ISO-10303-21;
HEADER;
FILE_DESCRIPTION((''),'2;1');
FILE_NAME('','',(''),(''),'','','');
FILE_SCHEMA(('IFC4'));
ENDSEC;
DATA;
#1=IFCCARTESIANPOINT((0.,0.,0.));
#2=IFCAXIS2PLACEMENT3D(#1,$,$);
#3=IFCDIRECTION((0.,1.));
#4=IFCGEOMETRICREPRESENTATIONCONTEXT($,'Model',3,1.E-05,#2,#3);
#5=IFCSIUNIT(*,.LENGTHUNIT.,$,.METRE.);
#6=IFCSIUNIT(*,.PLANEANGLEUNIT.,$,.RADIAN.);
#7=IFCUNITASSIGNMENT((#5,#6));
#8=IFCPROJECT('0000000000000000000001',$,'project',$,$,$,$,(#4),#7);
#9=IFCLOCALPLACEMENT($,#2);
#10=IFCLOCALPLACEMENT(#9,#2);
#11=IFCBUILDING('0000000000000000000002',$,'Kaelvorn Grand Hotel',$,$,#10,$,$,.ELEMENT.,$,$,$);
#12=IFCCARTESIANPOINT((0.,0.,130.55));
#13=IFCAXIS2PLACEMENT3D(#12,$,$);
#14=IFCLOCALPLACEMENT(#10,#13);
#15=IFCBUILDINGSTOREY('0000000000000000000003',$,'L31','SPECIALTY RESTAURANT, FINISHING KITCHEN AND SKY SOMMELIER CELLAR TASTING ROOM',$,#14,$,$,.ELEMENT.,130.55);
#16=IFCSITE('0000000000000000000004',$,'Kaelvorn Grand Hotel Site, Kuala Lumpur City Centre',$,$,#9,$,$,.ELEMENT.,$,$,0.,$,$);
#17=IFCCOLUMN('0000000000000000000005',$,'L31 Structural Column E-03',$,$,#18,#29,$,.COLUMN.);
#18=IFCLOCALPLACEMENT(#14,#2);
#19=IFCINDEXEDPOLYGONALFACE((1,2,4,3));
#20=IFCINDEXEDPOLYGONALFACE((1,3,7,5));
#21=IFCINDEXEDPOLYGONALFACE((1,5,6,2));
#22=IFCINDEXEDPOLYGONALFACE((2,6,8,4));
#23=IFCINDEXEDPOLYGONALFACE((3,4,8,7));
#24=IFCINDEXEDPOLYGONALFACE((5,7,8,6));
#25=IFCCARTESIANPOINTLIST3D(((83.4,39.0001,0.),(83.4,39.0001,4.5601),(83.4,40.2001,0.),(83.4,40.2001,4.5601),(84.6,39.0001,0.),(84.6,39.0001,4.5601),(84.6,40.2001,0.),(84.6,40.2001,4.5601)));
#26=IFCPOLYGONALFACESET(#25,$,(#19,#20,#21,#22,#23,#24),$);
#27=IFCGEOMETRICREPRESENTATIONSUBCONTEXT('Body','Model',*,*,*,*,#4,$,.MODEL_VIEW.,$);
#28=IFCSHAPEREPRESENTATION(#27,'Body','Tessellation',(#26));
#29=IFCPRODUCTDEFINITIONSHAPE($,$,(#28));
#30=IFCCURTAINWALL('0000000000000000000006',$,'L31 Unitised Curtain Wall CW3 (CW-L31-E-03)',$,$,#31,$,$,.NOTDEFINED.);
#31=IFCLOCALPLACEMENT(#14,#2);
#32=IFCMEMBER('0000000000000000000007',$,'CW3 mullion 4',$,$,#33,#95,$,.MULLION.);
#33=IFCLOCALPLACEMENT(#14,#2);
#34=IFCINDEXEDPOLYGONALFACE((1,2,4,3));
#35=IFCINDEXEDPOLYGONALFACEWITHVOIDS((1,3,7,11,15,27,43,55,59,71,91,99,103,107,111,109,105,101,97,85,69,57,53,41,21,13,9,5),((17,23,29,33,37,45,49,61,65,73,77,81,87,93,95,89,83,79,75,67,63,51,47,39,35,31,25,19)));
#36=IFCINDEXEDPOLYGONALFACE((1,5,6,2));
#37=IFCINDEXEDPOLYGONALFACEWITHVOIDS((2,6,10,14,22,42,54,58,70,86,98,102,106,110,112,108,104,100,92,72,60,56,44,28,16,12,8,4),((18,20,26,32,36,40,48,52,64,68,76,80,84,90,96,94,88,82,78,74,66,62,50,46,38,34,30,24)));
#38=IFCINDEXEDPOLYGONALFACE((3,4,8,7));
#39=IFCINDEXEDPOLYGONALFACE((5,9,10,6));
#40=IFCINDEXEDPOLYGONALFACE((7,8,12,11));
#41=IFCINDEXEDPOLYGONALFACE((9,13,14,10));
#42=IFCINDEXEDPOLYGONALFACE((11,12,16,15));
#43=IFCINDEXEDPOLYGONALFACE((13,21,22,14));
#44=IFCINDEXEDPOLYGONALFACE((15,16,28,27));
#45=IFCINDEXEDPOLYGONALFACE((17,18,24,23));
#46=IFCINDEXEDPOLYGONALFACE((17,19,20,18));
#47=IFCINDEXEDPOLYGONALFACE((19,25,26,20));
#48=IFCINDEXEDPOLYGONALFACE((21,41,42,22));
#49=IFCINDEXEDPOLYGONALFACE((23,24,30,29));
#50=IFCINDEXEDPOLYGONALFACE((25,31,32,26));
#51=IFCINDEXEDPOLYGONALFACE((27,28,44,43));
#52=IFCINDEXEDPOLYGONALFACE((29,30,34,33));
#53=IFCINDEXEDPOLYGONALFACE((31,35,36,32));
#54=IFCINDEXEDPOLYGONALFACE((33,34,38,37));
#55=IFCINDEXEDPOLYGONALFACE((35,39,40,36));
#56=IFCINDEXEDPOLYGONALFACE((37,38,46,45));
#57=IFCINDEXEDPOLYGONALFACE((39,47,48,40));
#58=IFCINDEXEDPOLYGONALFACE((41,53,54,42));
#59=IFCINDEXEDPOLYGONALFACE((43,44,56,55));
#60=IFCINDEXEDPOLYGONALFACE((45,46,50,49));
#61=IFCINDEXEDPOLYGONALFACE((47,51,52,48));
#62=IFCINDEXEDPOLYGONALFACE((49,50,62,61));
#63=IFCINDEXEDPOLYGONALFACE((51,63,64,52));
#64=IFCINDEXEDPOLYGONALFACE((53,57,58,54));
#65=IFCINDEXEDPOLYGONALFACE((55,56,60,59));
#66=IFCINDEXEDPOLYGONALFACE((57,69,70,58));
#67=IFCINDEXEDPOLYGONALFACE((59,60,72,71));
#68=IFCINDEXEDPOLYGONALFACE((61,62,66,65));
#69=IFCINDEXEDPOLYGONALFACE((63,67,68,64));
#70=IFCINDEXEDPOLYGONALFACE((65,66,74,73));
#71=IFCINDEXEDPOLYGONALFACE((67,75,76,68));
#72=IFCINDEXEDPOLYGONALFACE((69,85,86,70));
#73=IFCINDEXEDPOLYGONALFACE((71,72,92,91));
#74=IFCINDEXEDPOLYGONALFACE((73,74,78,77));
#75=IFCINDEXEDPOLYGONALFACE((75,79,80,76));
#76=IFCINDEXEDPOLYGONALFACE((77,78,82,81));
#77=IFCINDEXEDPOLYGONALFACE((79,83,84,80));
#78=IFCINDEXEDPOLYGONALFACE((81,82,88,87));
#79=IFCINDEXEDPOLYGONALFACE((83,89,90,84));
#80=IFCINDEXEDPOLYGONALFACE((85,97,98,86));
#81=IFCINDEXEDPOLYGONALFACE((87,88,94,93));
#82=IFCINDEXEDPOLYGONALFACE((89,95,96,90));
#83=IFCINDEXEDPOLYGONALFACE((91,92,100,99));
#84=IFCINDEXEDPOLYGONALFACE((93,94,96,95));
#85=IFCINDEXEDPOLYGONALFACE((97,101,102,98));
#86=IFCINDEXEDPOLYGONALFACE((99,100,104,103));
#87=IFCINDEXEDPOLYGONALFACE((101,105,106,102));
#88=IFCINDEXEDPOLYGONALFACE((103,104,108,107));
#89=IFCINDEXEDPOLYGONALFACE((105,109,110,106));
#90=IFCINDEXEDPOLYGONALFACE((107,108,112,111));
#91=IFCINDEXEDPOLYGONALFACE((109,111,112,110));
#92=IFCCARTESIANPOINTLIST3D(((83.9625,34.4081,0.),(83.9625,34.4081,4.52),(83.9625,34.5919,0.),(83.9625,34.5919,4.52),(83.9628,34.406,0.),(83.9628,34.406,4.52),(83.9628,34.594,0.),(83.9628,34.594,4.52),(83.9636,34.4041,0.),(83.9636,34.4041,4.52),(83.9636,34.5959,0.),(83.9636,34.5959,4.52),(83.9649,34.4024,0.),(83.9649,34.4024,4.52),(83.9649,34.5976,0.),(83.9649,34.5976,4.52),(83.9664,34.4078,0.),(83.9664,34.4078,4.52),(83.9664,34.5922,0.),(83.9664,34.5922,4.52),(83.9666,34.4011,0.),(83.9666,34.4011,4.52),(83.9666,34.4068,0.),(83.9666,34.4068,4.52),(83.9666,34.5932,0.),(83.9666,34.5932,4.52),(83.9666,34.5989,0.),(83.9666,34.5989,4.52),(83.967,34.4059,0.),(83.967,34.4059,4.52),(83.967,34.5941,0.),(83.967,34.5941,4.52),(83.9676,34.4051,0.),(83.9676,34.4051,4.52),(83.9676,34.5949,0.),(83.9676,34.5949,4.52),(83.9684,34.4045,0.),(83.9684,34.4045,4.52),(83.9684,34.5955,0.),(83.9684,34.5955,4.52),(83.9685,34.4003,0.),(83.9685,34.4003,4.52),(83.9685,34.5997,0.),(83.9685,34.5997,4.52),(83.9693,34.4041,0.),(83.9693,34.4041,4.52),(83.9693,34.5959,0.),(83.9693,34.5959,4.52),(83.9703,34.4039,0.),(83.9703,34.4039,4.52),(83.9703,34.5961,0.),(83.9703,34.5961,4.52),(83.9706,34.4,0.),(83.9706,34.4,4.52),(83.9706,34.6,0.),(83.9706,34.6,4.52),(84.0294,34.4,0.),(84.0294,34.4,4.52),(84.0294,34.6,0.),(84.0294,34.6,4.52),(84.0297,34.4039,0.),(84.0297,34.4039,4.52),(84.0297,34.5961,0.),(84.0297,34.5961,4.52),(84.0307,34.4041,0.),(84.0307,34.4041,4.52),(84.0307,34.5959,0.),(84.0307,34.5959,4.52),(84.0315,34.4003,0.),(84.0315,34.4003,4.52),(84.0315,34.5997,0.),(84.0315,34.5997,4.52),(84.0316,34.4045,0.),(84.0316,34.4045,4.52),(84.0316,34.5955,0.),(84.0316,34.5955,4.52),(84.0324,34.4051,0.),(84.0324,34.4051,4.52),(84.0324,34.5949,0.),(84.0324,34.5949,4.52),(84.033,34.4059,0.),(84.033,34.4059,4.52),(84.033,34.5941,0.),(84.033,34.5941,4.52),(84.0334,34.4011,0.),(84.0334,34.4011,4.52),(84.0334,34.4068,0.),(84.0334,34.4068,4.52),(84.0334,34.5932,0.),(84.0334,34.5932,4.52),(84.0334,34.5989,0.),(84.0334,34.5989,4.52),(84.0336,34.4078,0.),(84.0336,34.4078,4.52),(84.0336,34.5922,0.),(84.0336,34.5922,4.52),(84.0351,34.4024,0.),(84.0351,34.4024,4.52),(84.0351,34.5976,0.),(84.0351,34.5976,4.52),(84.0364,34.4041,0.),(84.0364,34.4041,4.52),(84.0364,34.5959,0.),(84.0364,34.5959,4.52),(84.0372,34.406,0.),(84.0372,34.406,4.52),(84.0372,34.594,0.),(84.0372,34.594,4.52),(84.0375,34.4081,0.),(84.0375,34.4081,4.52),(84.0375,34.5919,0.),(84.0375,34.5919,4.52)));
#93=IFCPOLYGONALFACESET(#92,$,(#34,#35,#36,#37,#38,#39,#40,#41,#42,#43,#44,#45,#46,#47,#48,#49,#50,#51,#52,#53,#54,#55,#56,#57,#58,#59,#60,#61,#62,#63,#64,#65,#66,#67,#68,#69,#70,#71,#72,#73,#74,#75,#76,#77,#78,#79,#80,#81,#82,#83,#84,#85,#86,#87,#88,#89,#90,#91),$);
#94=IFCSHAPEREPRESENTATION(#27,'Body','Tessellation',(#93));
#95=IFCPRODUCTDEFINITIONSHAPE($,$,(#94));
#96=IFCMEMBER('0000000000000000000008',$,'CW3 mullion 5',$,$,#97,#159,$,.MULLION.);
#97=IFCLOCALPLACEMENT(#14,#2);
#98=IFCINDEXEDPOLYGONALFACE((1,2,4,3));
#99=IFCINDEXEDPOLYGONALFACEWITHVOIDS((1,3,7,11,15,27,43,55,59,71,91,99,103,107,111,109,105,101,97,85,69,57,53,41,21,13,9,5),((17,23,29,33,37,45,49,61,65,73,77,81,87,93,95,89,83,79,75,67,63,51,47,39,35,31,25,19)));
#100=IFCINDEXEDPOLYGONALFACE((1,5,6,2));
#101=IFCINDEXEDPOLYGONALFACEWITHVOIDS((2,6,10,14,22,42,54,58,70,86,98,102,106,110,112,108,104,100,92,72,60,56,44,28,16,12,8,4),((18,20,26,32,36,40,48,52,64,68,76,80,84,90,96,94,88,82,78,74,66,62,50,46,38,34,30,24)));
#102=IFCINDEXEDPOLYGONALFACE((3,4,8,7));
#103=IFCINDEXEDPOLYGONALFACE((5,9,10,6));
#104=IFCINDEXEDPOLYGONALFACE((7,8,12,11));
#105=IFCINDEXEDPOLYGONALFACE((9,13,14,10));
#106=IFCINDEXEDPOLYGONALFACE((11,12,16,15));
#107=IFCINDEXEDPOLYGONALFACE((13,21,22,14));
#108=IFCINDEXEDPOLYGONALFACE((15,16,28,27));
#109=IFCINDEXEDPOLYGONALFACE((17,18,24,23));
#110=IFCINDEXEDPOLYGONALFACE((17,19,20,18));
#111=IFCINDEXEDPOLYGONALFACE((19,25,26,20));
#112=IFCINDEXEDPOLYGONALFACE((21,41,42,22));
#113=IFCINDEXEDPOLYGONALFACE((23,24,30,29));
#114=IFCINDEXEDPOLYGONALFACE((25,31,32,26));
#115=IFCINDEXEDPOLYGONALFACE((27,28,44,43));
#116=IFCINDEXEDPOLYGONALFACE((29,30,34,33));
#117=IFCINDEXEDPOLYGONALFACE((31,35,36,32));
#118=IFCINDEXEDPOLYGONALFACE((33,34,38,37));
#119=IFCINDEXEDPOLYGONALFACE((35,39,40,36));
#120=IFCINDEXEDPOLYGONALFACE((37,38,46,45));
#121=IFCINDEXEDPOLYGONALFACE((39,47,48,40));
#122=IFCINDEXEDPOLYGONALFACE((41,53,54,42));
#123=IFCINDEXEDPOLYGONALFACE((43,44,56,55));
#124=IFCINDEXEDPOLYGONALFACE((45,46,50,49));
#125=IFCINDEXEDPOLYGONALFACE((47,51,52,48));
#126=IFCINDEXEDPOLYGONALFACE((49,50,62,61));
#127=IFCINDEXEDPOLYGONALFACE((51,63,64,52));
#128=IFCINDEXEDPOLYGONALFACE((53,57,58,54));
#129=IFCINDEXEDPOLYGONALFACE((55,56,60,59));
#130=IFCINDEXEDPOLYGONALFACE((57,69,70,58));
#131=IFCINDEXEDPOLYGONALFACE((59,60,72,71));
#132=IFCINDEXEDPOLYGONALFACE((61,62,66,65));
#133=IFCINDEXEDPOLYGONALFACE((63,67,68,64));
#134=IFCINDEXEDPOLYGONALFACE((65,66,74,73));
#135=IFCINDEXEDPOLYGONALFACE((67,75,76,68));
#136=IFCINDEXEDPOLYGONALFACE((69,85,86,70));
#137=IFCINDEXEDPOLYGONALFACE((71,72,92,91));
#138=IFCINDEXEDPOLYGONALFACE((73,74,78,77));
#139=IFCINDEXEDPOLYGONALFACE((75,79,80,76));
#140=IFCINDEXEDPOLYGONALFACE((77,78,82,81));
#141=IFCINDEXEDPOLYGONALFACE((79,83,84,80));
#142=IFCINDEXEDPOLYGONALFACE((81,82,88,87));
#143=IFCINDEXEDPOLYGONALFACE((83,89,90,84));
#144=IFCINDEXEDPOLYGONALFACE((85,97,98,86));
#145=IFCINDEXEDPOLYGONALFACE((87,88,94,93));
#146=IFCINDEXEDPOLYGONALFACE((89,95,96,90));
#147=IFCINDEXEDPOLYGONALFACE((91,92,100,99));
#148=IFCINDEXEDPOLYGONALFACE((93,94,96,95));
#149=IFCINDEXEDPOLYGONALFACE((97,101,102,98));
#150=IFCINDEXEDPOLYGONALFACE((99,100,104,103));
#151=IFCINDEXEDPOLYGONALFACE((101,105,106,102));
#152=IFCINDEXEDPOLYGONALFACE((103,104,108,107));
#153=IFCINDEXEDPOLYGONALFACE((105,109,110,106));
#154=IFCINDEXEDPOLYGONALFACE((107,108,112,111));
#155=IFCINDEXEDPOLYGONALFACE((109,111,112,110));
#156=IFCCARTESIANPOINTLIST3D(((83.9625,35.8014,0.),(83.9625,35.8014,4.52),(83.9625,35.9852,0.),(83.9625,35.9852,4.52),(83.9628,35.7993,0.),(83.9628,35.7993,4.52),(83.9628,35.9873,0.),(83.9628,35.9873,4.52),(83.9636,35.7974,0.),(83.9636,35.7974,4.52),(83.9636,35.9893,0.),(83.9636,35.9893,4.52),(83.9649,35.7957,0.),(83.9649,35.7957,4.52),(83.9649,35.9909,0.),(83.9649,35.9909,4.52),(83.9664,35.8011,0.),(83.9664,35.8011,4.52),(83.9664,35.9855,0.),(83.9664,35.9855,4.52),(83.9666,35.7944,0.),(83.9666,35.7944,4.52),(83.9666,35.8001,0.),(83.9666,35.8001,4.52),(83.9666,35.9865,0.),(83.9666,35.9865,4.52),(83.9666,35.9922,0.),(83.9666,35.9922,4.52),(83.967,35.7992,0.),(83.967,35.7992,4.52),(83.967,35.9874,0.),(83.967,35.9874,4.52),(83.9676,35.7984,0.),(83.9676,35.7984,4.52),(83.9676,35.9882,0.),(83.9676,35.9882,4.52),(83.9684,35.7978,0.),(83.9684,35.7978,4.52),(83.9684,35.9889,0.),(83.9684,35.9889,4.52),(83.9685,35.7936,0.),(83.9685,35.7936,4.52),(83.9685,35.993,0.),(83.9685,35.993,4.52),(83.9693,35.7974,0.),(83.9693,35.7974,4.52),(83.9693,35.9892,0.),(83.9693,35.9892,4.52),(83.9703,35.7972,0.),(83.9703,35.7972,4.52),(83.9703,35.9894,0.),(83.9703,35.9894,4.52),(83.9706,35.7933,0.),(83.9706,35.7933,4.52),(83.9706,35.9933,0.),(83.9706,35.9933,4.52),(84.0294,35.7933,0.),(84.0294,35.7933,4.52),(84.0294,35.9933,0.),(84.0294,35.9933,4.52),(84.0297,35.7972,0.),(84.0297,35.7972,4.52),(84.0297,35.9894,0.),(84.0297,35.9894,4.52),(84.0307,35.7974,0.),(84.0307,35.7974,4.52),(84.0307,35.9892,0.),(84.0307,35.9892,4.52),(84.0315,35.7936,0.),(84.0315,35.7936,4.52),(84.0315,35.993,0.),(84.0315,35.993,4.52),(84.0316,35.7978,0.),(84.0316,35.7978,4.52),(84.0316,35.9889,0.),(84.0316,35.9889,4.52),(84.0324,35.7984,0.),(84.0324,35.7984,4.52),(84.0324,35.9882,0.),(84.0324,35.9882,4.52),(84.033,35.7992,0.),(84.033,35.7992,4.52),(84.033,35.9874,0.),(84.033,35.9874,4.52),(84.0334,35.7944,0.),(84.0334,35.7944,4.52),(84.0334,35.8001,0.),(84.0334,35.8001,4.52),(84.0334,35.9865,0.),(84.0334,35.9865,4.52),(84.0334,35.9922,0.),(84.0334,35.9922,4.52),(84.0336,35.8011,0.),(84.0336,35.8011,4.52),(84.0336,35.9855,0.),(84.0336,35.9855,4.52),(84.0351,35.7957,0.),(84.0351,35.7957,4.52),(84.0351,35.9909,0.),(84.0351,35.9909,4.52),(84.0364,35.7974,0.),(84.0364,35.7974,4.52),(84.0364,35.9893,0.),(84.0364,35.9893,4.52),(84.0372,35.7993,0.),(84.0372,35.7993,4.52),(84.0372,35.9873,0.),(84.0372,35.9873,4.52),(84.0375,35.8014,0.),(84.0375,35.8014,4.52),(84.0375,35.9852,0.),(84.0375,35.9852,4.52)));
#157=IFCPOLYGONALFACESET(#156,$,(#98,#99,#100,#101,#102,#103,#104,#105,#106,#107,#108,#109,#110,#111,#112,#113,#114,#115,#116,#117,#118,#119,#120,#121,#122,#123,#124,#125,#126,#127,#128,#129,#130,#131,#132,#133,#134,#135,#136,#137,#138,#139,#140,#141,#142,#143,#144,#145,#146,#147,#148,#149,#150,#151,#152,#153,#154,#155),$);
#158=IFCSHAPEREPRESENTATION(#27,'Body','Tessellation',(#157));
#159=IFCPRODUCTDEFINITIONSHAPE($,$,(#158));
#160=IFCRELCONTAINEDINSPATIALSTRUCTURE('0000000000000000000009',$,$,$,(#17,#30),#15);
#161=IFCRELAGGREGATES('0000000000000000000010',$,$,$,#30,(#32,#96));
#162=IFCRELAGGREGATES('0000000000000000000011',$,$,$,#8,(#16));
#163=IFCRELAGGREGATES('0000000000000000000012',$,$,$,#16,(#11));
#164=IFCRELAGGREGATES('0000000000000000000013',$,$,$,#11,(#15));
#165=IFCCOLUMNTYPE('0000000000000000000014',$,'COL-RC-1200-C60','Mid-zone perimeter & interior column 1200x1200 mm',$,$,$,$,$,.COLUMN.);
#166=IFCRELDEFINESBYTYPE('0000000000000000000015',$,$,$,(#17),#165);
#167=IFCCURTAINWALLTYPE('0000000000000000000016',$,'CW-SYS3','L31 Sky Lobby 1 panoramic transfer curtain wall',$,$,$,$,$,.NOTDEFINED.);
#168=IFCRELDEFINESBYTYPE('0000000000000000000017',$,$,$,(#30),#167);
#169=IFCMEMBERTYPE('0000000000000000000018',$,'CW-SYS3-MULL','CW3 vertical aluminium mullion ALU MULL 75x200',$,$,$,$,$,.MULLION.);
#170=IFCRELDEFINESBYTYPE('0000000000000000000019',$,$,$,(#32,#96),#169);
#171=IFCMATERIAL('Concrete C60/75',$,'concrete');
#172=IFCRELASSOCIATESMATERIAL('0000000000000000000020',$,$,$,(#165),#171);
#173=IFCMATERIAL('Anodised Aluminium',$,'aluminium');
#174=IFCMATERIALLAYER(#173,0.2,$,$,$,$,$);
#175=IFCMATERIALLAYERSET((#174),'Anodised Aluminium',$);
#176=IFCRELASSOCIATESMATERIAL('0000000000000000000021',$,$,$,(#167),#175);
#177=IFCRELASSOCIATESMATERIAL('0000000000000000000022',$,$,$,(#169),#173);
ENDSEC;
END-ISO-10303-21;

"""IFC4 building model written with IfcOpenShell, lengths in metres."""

from ifc_helpers import new_model, si_unit, direction, frame, origin, origin_2d, place, context, subcontext, project, spatial, rectangle, hollow_rectangle, extrude, material, layer, layer_set, material_profile, profile_set, type_object, element, aggregate, save


model = new_model("IFC4")

# Units and contexts
model_context = context("Model", 3, precision=1e-05, world=origin(), true_north=direction((0.0, 1.0)))
body_context = subcontext(model_context, "Body", "Model", "MODEL_VIEW")
ifc_project = project(units=[si_unit("LENGTHUNIT", "METRE"), si_unit("PLANEANGLEUNIT", "RADIAN")], contexts=[model_context])

# Site, building, storey
site_placement = place(None, origin())
site = spatial("IfcSite", under=ifc_project, at=site_placement, Name="Kaelvorn Grand Hotel Site, Kuala Lumpur City Centre", CompositionType="ELEMENT", RefElevation=0.0)
building_placement = place(site_placement, origin())
building = spatial("IfcBuilding", under=site, at=building_placement, Name="Kaelvorn Grand Hotel", CompositionType="ELEMENT")
storey_placement = place(building_placement, frame((0.0, 0.0, 130.55)))
storey = spatial("IfcBuildingStorey", under=building, at=storey_placement, Name="L31", Description="SPECIALTY RESTAURANT, FINISHING KITCHEN AND SKY SOMMELIER CELLAR TASTING ROOM", CompositionType="ELEMENT", Elevation=130.55)

# Column
ifc_material_1 = material(Name="Concrete C60/75", Category="concrete")
ifc_material_profile_1 = material_profile(ifc_material_1, rectangle(XDim=1.2, YDim=1.2, at=origin_2d()), Name="RC COL 1200x1200")
ifc_profile_set_1 = profile_set([ifc_material_profile_1], Name="Concrete C60/75")
column_type = type_object("IfcColumnType", Name="COL-RC-1200-C60", Description="Mid-zone perimeter & interior column 1200x1200 mm", PredefinedType="COLUMN", material=ifc_profile_set_1)
column_placement = place(storey_placement, frame((84.0, 39.6001, 0.0), z_axis=(0.0, 0.0, 1.0), x_axis=(1.0, 0.0, 0.0)))
element("IfcColumn", 1, at=column_placement, inside=storey, type_object=column_type, Name="L31 Structural Column E-03", PredefinedType="COLUMN", context=body_context, shape_type="SweptSolid", body=[
    extrude(rectangle(XDim=1.2, YDim=1.2, at=origin_2d()), origin(), (0.0, 0.0, 1.0), 4.5601),
])

# Curtain wall, members
ifc_material_2 = material(Name="Anodised Aluminium", Category="aluminium")
ifc_layer_1 = layer(ifc_material_2, 0.2)
ifc_layer_set_1 = layer_set([ifc_layer_1], Name="Anodised Aluminium")
curtain_wall_type = type_object("IfcCurtainWallType", Name="CW-SYS3", Description="L31 Sky Lobby 1 panoramic transfer curtain wall", PredefinedType="NOTDEFINED", material=ifc_layer_set_1)
curtain_wall_placement = place(storey_placement, origin())
curtain_wall = element("IfcCurtainWall", 2, at=curtain_wall_placement, inside=storey, type_object=curtain_wall_type, Name="L31 Unitised Curtain Wall CW3 (CW-L31-E-03)", PredefinedType="NOTDEFINED")
ifc_material_profile_2 = material_profile(ifc_material_2, hollow_rectangle(XDim=0.075, YDim=0.2, WallThickness=0.0039, InnerFilletRadius=0.0039, OuterFilletRadius=0.0081, at=origin_2d()), Name="ALU MULL 75x200")
ifc_profile_set_2 = profile_set([ifc_material_profile_2], Name="Anodised Aluminium")
member_type_1 = type_object("IfcMemberType", Name="CW-SYS3-MULL", Description="CW3 vertical aluminium mullion ALU MULL 75x200", PredefinedType="MULLION", material=ifc_profile_set_2)
member_1_placement = place(storey_placement, frame((84.0, 34.5, 0.0), z_axis=(0.0, 0.0, 1.0), x_axis=(-1.0, 0.0, 0.0)))
member_1 = element("IfcMember", 3, at=member_1_placement, type_object=member_type_1, Name="CW3 mullion 4", PredefinedType="MULLION", context=body_context, shape_type="SweptSolid", body=[
    extrude(hollow_rectangle(XDim=0.075, YDim=0.2, WallThickness=0.0039, InnerFilletRadius=0.0039, OuterFilletRadius=0.0081, at=origin_2d()), origin(), (0.0, 0.0, 1.0), 4.52),
])
member_2_placement = place(storey_placement, frame((84.0, 35.8933, 0.0), z_axis=(0.0, 0.0, 1.0), x_axis=(-1.0, 0.0, 0.0)))
member_2 = element("IfcMember", 4, at=member_2_placement, type_object=member_type_1, Name="CW3 mullion 5", PredefinedType="MULLION", context=body_context, shape_type="SweptSolid", body=[
    extrude(hollow_rectangle(XDim=0.075, YDim=0.2, WallThickness=0.0039, InnerFilletRadius=0.0039, OuterFilletRadius=0.0081, at=origin_2d()), origin(), (0.0, 0.0, 1.0), 4.52),
])
aggregate(curtain_wall, [member_1, member_2])

save(model, "model.ifc")
